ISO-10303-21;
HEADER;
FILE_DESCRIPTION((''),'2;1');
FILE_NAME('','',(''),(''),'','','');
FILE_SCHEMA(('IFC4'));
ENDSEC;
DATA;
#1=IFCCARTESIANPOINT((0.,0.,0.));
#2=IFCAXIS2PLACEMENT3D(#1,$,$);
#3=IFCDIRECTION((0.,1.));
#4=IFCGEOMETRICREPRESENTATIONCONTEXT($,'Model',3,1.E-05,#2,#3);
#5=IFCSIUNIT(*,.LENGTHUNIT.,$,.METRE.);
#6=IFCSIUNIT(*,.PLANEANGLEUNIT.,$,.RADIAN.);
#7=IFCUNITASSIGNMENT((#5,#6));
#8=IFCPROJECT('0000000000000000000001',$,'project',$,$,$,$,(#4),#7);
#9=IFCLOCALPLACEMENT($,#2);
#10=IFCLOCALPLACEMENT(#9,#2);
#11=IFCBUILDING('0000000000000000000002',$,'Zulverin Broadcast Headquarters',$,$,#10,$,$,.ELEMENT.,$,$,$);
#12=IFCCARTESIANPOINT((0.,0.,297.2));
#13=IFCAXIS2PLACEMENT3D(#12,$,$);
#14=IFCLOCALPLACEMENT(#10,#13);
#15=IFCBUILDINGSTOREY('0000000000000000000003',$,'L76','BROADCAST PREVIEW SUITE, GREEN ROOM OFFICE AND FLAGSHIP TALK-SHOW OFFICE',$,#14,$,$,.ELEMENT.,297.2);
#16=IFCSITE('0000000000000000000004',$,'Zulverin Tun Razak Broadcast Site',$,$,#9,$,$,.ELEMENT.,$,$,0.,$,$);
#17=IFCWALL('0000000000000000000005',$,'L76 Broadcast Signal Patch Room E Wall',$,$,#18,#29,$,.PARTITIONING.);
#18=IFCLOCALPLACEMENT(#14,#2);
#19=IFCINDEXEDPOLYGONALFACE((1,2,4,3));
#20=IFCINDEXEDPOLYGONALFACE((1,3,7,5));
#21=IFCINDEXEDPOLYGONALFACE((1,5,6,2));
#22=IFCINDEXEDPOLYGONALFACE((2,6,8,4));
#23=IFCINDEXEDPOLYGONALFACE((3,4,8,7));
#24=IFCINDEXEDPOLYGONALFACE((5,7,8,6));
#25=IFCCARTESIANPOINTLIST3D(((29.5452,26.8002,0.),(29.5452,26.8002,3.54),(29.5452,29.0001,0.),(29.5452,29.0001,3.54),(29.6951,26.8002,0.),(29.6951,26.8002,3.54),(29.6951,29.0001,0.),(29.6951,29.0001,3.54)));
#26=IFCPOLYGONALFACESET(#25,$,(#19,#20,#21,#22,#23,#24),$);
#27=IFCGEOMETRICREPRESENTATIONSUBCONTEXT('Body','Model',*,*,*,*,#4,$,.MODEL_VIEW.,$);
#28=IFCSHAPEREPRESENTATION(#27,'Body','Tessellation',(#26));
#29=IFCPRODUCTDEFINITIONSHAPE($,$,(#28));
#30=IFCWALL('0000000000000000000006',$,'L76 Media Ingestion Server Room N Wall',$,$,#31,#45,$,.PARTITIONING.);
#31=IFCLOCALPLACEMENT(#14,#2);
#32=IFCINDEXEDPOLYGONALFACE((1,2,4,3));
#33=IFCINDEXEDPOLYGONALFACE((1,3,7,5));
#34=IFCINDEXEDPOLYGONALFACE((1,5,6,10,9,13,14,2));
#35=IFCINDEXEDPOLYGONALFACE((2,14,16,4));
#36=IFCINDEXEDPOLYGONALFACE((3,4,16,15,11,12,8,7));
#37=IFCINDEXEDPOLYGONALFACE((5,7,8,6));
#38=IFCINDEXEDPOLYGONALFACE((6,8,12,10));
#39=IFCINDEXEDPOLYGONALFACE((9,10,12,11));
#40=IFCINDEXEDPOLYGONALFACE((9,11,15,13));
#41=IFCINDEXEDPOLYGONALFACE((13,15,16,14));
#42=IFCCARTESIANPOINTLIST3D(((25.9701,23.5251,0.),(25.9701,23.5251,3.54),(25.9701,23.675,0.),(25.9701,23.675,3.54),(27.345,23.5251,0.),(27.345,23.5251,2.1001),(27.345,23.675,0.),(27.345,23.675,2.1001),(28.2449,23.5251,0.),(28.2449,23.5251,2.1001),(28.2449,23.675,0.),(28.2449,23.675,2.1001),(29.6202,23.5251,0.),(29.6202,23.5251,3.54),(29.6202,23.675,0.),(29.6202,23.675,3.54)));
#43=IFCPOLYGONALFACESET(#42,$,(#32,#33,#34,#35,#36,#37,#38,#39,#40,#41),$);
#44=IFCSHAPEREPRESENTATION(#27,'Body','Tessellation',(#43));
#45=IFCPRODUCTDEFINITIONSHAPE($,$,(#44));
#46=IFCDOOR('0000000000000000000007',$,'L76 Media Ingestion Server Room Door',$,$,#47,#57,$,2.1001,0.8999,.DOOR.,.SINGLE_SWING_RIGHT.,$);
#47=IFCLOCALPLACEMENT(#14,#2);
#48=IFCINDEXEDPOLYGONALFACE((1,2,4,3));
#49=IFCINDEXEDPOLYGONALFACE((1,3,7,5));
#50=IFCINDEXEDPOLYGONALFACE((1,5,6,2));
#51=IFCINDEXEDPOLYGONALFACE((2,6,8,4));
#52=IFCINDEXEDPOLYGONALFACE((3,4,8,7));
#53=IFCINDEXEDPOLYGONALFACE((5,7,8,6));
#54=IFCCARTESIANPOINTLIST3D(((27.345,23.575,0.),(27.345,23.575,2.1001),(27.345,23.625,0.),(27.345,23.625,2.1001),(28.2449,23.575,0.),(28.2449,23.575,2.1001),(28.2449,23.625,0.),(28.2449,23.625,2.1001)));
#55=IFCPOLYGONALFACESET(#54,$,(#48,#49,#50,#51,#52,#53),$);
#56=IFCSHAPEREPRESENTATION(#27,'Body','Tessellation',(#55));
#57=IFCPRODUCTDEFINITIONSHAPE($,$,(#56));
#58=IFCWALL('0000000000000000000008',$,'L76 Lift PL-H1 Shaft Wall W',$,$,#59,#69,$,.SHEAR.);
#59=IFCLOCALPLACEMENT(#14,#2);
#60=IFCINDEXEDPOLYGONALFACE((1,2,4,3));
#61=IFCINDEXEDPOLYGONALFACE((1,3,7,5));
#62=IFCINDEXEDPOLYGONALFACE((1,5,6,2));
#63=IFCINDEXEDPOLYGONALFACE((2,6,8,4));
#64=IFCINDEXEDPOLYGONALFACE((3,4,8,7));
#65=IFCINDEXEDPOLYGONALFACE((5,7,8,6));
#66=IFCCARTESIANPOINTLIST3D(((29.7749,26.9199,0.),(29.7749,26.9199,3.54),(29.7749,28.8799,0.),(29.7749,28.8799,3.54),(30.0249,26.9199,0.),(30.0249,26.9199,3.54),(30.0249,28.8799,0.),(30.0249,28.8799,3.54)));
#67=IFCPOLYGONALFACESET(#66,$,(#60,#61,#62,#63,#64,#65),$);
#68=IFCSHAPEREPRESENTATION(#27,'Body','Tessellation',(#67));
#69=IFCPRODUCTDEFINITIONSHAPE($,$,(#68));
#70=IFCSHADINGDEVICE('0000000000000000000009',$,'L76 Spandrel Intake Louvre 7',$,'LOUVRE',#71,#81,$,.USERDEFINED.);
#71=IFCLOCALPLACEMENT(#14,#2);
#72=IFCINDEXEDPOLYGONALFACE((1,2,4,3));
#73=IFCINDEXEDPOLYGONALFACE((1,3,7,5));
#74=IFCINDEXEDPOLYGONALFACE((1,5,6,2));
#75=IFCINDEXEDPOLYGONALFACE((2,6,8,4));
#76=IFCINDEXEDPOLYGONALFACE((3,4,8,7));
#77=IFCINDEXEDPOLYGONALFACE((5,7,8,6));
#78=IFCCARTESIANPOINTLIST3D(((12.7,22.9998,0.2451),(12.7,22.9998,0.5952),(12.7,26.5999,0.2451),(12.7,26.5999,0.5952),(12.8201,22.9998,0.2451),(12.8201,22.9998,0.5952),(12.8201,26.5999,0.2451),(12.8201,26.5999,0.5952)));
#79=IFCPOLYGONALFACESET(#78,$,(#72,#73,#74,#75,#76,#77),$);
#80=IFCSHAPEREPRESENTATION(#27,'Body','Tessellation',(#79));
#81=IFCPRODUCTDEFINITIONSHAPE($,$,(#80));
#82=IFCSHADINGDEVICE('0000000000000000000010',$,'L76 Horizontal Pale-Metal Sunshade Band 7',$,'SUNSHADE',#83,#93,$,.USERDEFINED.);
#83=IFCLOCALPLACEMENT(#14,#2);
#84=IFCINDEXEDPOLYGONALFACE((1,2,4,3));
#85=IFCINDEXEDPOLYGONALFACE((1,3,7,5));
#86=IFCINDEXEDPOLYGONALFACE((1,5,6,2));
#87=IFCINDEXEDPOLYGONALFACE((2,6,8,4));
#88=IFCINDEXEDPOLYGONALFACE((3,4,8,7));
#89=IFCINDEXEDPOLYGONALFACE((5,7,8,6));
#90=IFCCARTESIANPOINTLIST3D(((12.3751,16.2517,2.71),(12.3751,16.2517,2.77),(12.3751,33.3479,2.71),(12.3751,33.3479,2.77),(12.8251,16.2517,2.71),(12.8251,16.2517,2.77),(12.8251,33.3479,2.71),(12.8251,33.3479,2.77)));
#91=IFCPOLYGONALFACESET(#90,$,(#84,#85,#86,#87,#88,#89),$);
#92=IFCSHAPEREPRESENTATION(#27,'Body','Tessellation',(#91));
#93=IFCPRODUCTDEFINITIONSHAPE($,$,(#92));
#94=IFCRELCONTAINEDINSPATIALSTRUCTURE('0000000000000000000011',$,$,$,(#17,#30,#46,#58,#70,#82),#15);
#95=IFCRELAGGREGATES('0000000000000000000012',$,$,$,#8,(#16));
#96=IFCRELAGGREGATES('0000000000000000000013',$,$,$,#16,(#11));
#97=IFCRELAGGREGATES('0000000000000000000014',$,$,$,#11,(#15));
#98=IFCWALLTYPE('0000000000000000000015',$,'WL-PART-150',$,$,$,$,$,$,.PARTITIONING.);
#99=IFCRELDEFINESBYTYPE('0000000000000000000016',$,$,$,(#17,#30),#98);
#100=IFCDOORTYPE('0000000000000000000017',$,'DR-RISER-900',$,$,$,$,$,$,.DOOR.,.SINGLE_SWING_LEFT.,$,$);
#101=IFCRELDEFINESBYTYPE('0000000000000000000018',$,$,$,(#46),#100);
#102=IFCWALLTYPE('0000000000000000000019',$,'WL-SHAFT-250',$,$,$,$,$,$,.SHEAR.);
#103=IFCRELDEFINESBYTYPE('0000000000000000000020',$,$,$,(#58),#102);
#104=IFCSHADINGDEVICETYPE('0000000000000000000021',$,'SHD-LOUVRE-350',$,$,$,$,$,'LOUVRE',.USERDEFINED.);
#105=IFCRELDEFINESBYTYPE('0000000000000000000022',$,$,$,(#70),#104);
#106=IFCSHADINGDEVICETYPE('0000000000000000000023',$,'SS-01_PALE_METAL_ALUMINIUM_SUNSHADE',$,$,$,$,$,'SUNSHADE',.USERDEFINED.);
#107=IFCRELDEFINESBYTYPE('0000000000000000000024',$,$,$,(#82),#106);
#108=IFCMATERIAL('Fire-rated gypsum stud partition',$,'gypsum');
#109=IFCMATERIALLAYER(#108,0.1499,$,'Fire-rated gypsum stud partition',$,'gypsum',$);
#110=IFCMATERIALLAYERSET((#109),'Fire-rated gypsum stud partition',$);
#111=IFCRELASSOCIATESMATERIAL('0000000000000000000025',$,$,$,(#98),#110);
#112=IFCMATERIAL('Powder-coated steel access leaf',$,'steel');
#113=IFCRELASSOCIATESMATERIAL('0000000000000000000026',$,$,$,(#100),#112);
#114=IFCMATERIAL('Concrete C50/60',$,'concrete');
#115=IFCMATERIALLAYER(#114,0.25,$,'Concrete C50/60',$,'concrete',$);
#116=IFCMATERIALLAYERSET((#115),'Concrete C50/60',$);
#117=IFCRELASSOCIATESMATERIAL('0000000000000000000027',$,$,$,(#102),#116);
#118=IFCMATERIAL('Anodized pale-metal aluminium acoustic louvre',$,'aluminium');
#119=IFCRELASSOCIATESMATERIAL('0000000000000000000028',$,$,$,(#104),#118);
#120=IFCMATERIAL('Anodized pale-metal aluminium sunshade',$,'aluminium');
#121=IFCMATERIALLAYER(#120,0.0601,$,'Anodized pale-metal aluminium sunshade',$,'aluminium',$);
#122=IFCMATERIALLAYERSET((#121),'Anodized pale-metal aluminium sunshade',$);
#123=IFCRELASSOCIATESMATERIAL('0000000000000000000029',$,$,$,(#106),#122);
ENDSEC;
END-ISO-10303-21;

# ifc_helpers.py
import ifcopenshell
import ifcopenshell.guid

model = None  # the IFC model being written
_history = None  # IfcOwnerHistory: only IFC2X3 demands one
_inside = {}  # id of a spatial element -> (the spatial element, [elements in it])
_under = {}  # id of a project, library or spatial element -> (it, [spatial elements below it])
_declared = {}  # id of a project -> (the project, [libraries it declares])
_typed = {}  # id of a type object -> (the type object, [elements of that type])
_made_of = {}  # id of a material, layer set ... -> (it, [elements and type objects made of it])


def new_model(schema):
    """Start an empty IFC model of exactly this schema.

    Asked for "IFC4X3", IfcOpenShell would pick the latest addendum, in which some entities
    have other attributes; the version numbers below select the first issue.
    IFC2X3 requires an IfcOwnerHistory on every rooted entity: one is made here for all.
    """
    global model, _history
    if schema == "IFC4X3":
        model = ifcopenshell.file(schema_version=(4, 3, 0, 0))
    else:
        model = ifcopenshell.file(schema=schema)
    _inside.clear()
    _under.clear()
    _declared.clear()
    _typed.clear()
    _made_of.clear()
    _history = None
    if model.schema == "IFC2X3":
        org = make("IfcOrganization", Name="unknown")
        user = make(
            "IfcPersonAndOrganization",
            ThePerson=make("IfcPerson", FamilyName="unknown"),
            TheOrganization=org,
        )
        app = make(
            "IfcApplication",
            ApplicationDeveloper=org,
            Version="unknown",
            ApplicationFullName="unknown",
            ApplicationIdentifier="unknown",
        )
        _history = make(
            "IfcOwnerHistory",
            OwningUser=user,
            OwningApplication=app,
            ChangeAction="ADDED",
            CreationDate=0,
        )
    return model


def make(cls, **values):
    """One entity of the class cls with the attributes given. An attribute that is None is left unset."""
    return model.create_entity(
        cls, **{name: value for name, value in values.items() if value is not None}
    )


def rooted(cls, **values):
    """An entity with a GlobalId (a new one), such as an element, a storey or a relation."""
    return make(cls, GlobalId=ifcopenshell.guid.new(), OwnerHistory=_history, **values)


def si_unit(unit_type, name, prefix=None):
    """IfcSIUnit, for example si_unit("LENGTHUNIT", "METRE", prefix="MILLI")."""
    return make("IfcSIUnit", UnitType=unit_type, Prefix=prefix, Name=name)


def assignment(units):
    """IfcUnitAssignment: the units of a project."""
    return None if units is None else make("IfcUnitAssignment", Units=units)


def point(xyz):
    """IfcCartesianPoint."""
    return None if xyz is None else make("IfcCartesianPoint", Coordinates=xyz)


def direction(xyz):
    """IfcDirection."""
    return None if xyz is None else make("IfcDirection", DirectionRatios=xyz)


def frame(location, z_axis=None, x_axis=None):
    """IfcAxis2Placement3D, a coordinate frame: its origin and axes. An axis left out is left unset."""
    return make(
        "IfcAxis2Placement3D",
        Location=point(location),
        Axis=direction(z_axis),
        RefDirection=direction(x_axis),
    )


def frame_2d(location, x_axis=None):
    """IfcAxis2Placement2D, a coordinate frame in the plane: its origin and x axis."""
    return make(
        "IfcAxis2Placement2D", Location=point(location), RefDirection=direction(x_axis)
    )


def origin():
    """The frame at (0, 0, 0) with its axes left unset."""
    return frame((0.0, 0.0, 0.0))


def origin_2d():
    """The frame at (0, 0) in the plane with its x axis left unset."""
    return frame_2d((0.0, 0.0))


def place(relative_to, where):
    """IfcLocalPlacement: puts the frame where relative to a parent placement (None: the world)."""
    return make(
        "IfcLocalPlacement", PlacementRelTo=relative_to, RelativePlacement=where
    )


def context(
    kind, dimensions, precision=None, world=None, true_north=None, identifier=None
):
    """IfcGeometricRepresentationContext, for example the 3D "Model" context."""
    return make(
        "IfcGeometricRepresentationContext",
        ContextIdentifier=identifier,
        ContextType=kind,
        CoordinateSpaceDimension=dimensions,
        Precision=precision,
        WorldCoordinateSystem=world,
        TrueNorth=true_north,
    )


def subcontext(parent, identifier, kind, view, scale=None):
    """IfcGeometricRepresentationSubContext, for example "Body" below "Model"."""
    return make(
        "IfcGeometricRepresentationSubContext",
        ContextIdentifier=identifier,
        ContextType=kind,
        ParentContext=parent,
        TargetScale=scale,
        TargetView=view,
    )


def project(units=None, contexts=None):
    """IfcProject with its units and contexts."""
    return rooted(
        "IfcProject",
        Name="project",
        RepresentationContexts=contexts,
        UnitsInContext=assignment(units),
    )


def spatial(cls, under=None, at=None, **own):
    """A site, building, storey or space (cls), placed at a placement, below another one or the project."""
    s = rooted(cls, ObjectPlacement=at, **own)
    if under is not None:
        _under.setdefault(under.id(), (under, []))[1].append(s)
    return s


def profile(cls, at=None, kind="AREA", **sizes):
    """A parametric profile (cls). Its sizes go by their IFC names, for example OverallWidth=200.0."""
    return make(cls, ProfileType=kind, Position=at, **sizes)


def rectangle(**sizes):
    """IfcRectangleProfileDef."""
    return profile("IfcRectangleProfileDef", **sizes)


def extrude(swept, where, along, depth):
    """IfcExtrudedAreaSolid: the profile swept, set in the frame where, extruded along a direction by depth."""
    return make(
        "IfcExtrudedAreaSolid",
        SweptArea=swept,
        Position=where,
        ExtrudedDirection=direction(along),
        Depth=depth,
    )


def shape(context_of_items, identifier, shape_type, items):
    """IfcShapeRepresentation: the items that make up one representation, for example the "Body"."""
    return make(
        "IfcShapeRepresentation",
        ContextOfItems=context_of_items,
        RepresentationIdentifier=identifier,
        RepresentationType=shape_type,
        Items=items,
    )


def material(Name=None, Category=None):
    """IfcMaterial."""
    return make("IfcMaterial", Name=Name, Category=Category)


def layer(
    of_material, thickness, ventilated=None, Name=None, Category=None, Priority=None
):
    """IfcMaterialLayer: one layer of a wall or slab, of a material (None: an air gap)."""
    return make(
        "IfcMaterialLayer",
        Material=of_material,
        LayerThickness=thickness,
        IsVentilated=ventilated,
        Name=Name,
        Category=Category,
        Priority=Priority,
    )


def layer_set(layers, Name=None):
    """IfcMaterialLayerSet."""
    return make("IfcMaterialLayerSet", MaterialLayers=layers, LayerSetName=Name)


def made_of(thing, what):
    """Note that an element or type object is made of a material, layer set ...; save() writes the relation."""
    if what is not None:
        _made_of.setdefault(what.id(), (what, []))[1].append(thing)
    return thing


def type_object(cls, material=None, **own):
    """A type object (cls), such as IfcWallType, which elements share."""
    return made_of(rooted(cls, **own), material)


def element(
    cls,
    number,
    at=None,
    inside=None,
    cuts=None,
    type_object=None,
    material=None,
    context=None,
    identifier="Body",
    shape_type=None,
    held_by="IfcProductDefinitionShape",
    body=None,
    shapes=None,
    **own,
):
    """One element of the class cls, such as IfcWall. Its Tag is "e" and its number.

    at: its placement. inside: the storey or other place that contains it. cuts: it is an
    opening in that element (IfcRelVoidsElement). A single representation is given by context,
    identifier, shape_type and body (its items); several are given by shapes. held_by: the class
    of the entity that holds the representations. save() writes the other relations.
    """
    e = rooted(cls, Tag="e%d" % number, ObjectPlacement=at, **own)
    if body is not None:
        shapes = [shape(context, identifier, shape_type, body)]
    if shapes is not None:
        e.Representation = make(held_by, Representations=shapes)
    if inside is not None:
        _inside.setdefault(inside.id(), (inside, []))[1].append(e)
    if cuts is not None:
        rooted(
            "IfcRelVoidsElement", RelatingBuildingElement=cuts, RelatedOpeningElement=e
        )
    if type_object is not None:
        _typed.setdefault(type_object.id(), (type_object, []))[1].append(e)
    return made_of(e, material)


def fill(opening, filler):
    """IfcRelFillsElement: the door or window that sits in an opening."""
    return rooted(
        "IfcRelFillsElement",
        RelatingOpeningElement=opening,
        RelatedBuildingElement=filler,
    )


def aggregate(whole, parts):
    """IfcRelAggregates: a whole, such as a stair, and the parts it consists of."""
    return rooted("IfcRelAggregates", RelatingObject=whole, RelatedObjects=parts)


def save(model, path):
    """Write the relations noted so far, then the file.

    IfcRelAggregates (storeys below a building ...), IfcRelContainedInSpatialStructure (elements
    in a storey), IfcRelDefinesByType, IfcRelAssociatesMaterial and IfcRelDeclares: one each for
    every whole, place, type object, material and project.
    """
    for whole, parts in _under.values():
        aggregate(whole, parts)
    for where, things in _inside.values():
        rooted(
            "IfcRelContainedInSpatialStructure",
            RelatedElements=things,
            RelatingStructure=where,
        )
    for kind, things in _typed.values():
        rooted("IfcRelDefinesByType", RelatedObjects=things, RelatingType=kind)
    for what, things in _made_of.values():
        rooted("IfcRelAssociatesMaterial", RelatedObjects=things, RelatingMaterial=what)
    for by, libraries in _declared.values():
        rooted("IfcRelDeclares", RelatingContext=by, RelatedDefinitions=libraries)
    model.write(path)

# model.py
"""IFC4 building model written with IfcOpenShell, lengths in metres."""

from ifc_helpers import new_model, si_unit, direction, frame, frame_2d, origin, origin_2d, place, context, subcontext, project, spatial, rectangle, extrude, material, layer, layer_set, type_object, element, fill, save


model = new_model("IFC4")

# Units and contexts
model_context = context("Model", 3, precision=1e-05, world=origin(), true_north=direction((0.0, 1.0)))
body_context = subcontext(model_context, "Body", "Model", "MODEL_VIEW")
ifc_project = project(units=[si_unit("LENGTHUNIT", "METRE"), si_unit("PLANEANGLEUNIT", "RADIAN")], contexts=[model_context])

# Site, building, storey
site_placement = place(None, origin())
site = spatial("IfcSite", under=ifc_project, at=site_placement, Name="Zulverin Tun Razak Broadcast Site", CompositionType="ELEMENT", RefElevation=0.0)
building_placement = place(site_placement, origin())
building = spatial("IfcBuilding", under=site, at=building_placement, Name="Zulverin Broadcast Headquarters", CompositionType="ELEMENT")
storey_placement = place(building_placement, frame((0.0, 0.0, 297.2)))
storey = spatial("IfcBuildingStorey", under=building, at=storey_placement, Name="L76", Description="BROADCAST PREVIEW SUITE, GREEN ROOM OFFICE AND FLAGSHIP TALK-SHOW OFFICE", CompositionType="ELEMENT", Elevation=297.2)

# Shared definitions
ifc_material_1 = material(Name="Concrete C50/60", Category="concrete")

# Shared definitions
ifc_material_2 = material(Name="Fire-rated gypsum stud partition", Category="gypsum")
ifc_layer_1 = layer(ifc_material_2, 0.1499, Name="Fire-rated gypsum stud partition", Category="gypsum")
ifc_layer_set_1 = layer_set([ifc_layer_1], Name="Fire-rated gypsum stud partition")
wall_type_1 = type_object("IfcWallType", Name="WL-PART-150", PredefinedType="PARTITIONING", material=ifc_layer_set_1)

# Shared definitions
ifc_material_3 = material(Name="Powder-coated steel access leaf", Category="steel")
door_type_1 = type_object("IfcDoorType", Name="DR-RISER-900", OperationType="SINGLE_SWING_LEFT", PredefinedType="DOOR", material=ifc_material_3)

# Wall
wall_1_placement = place(storey_placement, frame((29.6201, 26.8, 0.0), z_axis=(0.0, 0.0, 1.0), x_axis=(0.0, 1.0, 0.0)))
element("IfcWall", 1, at=wall_1_placement, inside=storey, type_object=wall_type_1, Name="L76 Broadcast Signal Patch Room E Wall", PredefinedType="PARTITIONING", context=body_context, shape_type="SweptSolid", body=[
    extrude(rectangle(XDim=2.2, YDim=0.1499, at=frame_2d((1.1001, 0.0))), origin(), (0.0, 0.0, 1.0), 3.54),
])

# Wall, opening, door
wall_2_placement = place(storey_placement, frame((25.97, 23.6001, 0.0), z_axis=(0.0, 0.0, 1.0), x_axis=(1.0, 0.0, 0.0)))
wall_2 = element("IfcWall", 2, at=wall_2_placement, inside=storey, type_object=wall_type_1, Name="L76 Media Ingestion Server Room N Wall", PredefinedType="PARTITIONING", context=body_context, shape_type="SweptSolid", body=[
    extrude(rectangle(XDim=3.6501, YDim=0.1499, at=frame_2d((1.8252, 0.0))), origin(), (0.0, 0.0, 1.0), 3.54),
])
opening_1_placement = place(wall_2_placement, frame((1.375, 0.0, 0.0)))
opening_1 = element("IfcOpeningElement", 3, at=opening_1_placement, cuts=wall_2, PredefinedType="OPENING", context=body_context, shape_type="SweptSolid", body=[
    extrude(rectangle(XDim=0.8999, YDim=2.1001, at=frame_2d((0.45, 1.05))), frame((0.0, 0.085, 0.0), z_axis=(0.0, -1.0, 0.0), x_axis=(1.0, 0.0, 0.0)), (0.0, 0.0, 1.0), 0.1699),
])
door_1_placement = place(opening_1_placement, origin())
door_1 = element("IfcDoor", 4, at=door_1_placement, inside=storey, type_object=door_type_1, Name="L76 Media Ingestion Server Room Door", OperationType="SINGLE_SWING_RIGHT", OverallHeight=2.1001, OverallWidth=0.8999, PredefinedType="DOOR", context=body_context, shape_type="SweptSolid", body=[
    extrude(rectangle(XDim=0.8999, YDim=2.1001, at=frame_2d((0.45, 1.05))), frame((0.0, 0.0249, 0.0), z_axis=(0.0, -1.0, 0.0), x_axis=(1.0, 0.0, 0.0)), (0.0, 0.0, 1.0), 0.05),
])
fill(opening_1, door_1)
ifc_layer_2 = layer(ifc_material_1, 0.25, Name="Concrete C50/60", Category="concrete")
ifc_layer_set_2 = layer_set([ifc_layer_2], Name="Concrete C50/60")
wall_type_2 = type_object("IfcWallType", Name="WL-SHAFT-250", PredefinedType="SHEAR", material=ifc_layer_set_2)

# Wall
wall_3_placement = place(storey_placement, frame((29.8999, 26.9199, 0.0), z_axis=(0.0, 0.0, 1.0), x_axis=(0.0, 1.0, 0.0)))
element("IfcWall", 5, at=wall_3_placement, inside=storey, type_object=wall_type_2, Name="L76 Lift PL-H1 Shaft Wall W", PredefinedType="SHEAR", context=body_context, shape_type="SweptSolid", body=[
    extrude(rectangle(XDim=1.96, YDim=0.25, at=frame_2d((0.98, 0.0))), origin(), (0.0, 0.0, 1.0), 3.54),
])

# Shading devices
ifc_material_4 = material(Name="Anodized pale-metal aluminium acoustic louvre", Category="aluminium")
shading_device_type_1 = type_object("IfcShadingDeviceType", Name="SHD-LOUVRE-350", ElementType="LOUVRE", PredefinedType="USERDEFINED", material=ifc_material_4)
shading_device_1_placement = place(storey_placement, frame((12.76, 24.7998, 0.2451), z_axis=(0.0, 0.0, 1.0), x_axis=(0.0, -1.0, 0.0)))
element("IfcShadingDevice", 6, at=shading_device_1_placement, inside=storey, type_object=shading_device_type_1, Name="L76 Spandrel Intake Louvre 7", ObjectType="LOUVRE", PredefinedType="USERDEFINED", context=body_context, shape_type="SweptSolid", body=[
    extrude(rectangle(XDim=3.6001, YDim=0.1201, at=origin_2d()), origin(), (0.0, 0.0, 1.0), 0.3501),
])
ifc_material_5 = material(Name="Anodized pale-metal aluminium sunshade", Category="aluminium")
ifc_layer_3 = layer(ifc_material_5, 0.0601, Name="Anodized pale-metal aluminium sunshade", Category="aluminium")
ifc_layer_set_3 = layer_set([ifc_layer_3], Name="Anodized pale-metal aluminium sunshade")
shading_device_type_2 = type_object("IfcShadingDeviceType", Name="SS-01_PALE_METAL_ALUMINIUM_SUNSHADE", ElementType="SUNSHADE", PredefinedType="USERDEFINED", material=ifc_layer_set_3)
shading_device_2_placement = place(storey_placement, frame((12.6001, 24.7998, 2.71), z_axis=(0.0, 0.0, 1.0), x_axis=(0.0, -1.0, 0.0)))
element("IfcShadingDevice", 7, at=shading_device_2_placement, inside=storey, type_object=shading_device_type_2, Name="L76 Horizontal Pale-Metal Sunshade Band 7", ObjectType="SUNSHADE", PredefinedType="USERDEFINED", context=body_context, shape_type="SweptSolid", body=[
    extrude(rectangle(XDim=17.0962, YDim=0.45, at=origin_2d()), origin(), (0.0, 0.0, 1.0), 0.0601),
])

save(model, "model.ifc")
